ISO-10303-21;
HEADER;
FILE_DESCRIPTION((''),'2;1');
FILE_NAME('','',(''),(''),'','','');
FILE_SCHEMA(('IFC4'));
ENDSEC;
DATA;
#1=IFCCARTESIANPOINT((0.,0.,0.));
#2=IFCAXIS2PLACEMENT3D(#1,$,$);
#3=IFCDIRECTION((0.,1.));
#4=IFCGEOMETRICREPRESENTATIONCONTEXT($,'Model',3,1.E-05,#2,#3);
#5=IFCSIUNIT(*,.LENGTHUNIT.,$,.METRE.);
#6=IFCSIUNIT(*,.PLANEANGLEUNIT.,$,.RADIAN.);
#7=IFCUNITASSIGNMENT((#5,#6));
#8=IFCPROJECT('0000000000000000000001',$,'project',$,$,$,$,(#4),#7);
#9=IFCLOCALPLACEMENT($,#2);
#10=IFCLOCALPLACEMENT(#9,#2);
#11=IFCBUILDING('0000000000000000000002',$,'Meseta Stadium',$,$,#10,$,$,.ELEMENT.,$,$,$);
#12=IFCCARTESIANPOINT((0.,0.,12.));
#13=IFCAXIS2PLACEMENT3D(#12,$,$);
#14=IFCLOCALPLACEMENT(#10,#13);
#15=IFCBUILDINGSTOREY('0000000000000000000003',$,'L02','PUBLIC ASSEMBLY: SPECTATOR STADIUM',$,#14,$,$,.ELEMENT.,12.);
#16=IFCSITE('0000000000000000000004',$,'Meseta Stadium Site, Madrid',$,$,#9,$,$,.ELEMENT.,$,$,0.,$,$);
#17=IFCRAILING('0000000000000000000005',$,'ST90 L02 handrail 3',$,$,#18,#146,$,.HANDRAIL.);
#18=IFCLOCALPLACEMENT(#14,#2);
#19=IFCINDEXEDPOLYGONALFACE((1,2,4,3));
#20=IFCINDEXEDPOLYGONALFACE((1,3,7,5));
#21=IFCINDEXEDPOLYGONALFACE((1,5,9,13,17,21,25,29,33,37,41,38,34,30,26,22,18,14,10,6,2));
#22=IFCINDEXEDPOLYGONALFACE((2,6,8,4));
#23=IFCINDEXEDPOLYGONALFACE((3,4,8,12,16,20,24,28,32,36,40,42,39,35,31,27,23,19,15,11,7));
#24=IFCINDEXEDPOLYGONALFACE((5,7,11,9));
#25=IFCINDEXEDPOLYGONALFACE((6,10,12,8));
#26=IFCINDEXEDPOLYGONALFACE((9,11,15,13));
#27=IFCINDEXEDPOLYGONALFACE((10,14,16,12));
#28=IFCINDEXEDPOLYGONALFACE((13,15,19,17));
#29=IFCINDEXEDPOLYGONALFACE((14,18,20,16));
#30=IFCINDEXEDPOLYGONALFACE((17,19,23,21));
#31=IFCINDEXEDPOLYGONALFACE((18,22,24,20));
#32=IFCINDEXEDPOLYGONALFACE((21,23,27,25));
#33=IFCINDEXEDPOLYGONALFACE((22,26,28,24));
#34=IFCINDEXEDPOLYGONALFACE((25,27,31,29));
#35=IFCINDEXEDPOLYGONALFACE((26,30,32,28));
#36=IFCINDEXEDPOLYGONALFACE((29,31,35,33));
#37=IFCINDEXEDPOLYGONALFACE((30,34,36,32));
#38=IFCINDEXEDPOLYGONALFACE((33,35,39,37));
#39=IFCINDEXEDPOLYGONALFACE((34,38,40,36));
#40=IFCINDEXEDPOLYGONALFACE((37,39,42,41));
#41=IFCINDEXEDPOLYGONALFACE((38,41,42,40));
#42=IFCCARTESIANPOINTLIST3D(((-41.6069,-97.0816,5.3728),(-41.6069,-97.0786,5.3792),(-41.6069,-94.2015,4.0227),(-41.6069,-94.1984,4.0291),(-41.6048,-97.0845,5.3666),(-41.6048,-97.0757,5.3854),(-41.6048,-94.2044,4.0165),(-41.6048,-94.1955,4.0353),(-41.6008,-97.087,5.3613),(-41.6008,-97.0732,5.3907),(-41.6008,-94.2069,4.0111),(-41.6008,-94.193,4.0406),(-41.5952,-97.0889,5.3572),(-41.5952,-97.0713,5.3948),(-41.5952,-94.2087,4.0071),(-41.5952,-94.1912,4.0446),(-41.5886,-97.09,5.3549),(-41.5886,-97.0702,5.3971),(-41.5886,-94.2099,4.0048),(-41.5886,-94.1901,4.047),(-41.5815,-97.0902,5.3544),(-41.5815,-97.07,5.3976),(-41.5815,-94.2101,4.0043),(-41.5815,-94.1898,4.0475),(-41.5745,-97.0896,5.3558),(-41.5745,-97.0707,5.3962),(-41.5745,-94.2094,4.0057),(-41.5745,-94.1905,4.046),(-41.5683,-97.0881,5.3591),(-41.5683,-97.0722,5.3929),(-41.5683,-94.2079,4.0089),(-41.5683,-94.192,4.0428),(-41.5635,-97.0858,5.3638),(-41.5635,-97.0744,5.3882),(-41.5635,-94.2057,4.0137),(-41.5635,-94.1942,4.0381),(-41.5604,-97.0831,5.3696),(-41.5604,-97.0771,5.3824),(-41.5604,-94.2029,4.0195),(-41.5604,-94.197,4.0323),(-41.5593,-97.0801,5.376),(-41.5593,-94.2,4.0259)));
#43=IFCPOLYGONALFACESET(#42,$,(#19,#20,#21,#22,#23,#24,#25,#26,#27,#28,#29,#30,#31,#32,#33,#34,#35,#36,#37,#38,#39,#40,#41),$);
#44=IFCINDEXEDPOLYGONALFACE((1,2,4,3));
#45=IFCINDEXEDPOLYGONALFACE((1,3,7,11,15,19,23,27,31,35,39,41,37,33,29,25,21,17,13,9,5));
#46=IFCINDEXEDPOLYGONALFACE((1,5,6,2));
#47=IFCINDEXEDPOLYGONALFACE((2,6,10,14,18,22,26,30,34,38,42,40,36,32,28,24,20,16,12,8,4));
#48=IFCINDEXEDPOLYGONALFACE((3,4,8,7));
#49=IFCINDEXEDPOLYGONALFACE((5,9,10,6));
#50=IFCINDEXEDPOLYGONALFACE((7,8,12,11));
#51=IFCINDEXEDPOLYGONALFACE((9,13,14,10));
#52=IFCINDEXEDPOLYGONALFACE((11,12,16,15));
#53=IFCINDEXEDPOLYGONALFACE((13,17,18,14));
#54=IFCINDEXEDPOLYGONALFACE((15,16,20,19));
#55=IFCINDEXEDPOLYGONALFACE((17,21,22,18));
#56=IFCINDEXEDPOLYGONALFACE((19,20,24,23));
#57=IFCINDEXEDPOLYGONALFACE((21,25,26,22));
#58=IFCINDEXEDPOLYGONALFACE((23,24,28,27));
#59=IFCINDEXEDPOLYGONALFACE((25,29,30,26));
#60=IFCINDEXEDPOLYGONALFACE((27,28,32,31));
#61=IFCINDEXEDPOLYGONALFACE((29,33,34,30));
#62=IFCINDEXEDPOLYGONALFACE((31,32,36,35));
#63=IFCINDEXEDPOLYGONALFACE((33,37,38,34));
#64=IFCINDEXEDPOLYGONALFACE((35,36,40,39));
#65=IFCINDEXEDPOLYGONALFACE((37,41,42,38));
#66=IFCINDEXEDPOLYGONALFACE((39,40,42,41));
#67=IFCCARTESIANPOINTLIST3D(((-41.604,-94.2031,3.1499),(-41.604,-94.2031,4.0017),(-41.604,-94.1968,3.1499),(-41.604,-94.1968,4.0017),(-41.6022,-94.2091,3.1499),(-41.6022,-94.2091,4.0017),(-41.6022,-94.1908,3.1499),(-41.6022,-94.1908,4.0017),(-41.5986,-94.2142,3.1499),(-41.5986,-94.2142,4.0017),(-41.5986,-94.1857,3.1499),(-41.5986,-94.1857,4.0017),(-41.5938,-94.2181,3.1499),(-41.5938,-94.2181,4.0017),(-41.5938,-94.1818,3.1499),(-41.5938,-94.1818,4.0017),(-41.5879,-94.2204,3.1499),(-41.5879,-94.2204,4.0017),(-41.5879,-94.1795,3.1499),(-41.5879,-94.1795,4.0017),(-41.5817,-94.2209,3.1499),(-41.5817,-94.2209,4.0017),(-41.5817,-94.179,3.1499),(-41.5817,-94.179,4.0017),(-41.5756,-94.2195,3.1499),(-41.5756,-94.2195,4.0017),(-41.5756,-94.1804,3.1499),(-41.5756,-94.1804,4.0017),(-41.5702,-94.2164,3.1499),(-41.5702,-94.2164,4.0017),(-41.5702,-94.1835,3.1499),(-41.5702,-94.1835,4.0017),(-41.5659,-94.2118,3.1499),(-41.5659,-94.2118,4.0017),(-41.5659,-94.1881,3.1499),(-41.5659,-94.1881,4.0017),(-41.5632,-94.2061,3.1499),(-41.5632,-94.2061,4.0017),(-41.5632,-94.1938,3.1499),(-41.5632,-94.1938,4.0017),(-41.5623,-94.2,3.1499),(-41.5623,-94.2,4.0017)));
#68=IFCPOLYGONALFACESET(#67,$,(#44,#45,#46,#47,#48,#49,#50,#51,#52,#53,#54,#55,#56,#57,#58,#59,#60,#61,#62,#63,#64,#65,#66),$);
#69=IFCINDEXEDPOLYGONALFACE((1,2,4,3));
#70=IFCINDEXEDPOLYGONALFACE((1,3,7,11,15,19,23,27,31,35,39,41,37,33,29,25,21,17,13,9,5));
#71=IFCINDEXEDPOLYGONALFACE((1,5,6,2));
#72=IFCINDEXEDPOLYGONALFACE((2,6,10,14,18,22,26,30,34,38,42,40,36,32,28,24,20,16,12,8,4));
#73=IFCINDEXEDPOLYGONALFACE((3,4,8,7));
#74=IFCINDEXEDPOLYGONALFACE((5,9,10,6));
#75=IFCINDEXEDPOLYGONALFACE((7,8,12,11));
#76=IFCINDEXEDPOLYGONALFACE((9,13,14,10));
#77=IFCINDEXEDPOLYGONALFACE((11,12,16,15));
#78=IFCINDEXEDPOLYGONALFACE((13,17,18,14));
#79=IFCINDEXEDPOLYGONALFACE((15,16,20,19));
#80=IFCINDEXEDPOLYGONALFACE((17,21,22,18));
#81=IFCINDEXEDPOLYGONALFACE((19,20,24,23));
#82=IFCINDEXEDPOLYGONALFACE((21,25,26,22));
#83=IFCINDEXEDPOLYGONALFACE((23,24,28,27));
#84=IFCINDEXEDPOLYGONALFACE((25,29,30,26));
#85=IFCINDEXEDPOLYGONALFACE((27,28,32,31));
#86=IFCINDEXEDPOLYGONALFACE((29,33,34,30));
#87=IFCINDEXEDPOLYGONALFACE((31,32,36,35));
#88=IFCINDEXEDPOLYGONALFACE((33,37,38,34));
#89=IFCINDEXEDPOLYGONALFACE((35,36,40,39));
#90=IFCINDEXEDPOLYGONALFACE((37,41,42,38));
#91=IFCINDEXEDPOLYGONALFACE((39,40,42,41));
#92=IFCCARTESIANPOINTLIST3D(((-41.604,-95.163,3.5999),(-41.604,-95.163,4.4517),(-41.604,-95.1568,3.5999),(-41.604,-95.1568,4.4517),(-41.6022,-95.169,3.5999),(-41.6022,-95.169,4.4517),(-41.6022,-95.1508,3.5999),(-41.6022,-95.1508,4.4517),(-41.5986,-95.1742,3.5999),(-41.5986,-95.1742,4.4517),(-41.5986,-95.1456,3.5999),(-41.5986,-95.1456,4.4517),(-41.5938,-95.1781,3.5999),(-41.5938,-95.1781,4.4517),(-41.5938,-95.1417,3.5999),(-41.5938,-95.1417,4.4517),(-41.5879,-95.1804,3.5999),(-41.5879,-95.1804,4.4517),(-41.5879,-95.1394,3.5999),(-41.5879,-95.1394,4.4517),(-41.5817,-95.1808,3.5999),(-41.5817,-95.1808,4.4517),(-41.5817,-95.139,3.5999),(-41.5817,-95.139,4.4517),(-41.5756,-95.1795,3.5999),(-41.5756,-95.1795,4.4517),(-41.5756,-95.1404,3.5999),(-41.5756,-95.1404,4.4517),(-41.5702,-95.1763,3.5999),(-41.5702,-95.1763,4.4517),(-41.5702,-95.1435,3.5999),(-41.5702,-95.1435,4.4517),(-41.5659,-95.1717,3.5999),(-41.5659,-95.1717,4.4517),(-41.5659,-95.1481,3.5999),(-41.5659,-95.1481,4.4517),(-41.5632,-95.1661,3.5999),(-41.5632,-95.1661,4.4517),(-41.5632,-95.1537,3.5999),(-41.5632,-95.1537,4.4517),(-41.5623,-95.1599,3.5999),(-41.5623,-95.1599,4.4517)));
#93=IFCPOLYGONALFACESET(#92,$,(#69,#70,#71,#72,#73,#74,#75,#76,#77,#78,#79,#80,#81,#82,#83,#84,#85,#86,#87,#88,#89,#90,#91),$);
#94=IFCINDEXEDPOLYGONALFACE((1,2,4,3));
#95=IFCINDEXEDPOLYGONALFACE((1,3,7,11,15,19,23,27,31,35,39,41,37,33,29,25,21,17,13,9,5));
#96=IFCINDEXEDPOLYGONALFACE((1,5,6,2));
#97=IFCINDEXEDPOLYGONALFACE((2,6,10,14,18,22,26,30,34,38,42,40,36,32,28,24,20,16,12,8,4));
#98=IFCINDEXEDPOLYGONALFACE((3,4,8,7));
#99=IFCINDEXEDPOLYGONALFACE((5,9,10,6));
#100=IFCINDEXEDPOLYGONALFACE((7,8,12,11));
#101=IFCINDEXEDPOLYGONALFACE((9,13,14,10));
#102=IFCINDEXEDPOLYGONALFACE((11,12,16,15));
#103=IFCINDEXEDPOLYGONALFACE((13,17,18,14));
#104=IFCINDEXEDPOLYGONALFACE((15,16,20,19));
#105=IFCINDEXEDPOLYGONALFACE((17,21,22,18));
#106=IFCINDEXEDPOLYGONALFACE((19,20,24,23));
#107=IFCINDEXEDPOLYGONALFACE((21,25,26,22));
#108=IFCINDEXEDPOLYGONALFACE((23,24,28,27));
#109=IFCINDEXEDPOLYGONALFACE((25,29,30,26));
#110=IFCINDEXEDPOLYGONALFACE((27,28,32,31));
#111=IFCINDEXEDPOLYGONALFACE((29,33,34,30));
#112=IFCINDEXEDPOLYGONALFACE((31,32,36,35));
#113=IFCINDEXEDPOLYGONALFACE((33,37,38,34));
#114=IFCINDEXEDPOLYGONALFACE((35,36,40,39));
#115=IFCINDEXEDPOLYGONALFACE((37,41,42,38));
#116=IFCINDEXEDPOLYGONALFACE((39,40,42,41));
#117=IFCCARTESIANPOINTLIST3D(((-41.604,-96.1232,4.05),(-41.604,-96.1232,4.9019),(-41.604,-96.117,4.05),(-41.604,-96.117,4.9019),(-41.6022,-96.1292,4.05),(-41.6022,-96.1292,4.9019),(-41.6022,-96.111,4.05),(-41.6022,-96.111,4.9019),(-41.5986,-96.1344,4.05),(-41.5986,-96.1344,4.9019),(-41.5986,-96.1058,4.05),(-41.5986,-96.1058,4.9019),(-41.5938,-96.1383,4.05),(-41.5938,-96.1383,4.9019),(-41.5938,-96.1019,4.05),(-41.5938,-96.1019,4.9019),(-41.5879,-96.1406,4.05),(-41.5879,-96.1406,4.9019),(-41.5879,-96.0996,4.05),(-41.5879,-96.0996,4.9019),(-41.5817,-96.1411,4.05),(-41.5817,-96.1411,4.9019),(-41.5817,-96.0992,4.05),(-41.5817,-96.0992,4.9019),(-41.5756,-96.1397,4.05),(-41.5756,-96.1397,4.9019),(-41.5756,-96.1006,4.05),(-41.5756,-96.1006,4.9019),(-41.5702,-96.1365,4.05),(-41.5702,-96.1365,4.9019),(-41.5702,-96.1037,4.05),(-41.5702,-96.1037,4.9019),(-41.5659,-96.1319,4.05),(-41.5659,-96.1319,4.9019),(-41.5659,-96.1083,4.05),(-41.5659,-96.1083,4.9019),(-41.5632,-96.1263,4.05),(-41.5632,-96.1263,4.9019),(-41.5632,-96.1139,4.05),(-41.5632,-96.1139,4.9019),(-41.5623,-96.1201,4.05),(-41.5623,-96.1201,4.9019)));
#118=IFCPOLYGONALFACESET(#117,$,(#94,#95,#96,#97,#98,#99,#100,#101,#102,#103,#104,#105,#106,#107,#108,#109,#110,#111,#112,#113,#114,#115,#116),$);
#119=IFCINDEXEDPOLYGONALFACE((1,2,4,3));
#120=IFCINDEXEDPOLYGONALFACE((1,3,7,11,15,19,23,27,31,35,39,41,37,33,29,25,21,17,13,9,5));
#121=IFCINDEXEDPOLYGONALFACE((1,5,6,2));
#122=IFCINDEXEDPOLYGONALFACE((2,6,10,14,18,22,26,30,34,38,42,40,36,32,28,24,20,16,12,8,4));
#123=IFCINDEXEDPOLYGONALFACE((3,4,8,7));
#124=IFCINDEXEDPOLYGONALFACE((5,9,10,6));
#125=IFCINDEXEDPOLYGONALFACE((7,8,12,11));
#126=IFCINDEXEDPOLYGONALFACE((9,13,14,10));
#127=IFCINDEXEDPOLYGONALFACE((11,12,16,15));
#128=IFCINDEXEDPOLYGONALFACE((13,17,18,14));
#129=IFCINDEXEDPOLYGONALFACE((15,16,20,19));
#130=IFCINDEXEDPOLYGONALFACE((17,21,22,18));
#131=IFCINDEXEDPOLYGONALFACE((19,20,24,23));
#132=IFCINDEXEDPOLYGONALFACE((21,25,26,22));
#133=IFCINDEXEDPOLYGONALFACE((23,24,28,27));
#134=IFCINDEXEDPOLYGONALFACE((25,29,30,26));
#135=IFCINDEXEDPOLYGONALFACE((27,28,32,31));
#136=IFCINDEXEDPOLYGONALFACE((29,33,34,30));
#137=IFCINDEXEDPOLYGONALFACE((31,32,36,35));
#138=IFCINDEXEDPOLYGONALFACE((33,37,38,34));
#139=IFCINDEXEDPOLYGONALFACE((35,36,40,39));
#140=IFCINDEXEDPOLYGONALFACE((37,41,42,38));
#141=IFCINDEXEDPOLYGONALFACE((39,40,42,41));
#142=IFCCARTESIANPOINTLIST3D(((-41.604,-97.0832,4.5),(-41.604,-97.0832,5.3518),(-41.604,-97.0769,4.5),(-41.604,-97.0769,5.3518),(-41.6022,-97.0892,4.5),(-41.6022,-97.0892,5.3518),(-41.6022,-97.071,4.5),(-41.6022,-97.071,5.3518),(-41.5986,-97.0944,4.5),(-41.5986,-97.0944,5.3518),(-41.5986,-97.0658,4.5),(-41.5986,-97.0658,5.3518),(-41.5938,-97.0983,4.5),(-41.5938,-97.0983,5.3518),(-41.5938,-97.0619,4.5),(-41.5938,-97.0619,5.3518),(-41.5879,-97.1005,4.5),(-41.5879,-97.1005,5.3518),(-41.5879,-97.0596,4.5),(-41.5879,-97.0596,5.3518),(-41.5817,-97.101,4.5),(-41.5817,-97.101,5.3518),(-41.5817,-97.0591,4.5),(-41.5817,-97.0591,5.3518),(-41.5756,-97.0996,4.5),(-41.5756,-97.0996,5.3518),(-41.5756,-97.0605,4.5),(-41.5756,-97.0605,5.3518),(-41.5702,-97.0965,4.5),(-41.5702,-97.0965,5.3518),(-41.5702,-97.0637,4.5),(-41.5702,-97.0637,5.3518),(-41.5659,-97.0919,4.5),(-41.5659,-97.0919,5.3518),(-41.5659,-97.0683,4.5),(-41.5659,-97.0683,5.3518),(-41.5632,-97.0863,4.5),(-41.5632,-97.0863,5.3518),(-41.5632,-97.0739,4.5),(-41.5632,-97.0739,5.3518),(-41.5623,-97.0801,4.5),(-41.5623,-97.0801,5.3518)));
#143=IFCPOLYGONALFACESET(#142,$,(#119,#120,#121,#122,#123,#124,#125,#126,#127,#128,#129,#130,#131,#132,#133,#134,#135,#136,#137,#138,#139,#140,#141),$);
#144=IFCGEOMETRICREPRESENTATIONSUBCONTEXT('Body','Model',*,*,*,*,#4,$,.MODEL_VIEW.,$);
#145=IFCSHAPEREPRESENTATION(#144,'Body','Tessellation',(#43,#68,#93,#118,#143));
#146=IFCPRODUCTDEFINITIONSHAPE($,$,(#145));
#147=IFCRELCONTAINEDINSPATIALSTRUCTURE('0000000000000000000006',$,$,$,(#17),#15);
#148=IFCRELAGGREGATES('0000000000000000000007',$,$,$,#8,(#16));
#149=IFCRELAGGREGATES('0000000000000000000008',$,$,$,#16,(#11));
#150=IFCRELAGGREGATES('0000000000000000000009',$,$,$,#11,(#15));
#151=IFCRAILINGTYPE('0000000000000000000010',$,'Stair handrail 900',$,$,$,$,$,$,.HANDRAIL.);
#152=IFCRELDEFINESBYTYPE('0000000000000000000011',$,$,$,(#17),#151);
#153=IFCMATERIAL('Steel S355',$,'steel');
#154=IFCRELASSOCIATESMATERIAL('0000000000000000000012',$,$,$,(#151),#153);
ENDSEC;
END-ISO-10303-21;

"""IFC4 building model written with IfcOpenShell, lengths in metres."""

from ifc_helpers import new_model, si_unit, direction, frame, origin, origin_2d, place, context, subcontext, project, spatial, circle, extrude, material, type_object, element, save


model = new_model("IFC4")

# Units and contexts
model_context = context("Model", 3, precision=1e-05, world=origin(), true_north=direction((0.0, 1.0)))
body_context = subcontext(model_context, "Body", "Model", "MODEL_VIEW")
ifc_project = project(units=[si_unit("LENGTHUNIT", "METRE"), si_unit("PLANEANGLEUNIT", "RADIAN")], contexts=[model_context])

# Site, building, storey
site_placement = place(None, origin())
site = spatial("IfcSite", under=ifc_project, at=site_placement, Name="Meseta Stadium Site, Madrid", CompositionType="ELEMENT", RefElevation=0.0)
building_placement = place(site_placement, origin())
building = spatial("IfcBuilding", under=site, at=building_placement, Name="Meseta Stadium", CompositionType="ELEMENT")
storey_placement = place(building_placement, frame((0.0, 0.0, 12.0)))
storey = spatial("IfcBuildingStorey", under=building, at=storey_placement, Name="L02", Description="PUBLIC ASSEMBLY: SPECTATOR STADIUM", CompositionType="ELEMENT", Elevation=12.0)

# Railing
ifc_material_1 = material(Name="Steel S355", Category="steel")
railing_type_1 = type_object("IfcRailingType", Name="Stair handrail 900", PredefinedType="HANDRAIL", material=ifc_material_1)
for number, where, name in (
    (1, (-41.5833, -94.2, 3.1499), "ST90 L02 handrail 3"),
):
    element("IfcRailing", number, at=place(storey_placement, frame(where)), inside=storey, type_object=railing_type_1, Name=name, PredefinedType="HANDRAIL", context=body_context, shape_type="SweptSolid", body=[
        extrude(circle(Radius=0.0239, at=origin_2d()), frame((0.0, 0.0, 0.876), z_axis=(0.0, -0.905454, 0.424444), x_axis=(1.0, 0.0, 0.0)), (0.0, 0.0, 1.0), 3.1809),
        extrude(circle(Radius=0.021, at=origin_2d()), origin(), (0.0, 0.0, 1.0), 0.8518),
        extrude(circle(Radius=0.021, at=origin_2d()), frame((0.0, -0.96, 0.45)), (0.0, 0.0, 1.0), 0.8518),
        extrude(circle(Radius=0.021, at=origin_2d()), frame((0.0, -1.9202, 0.9001)), (0.0, 0.0, 1.0), 0.8518),
        extrude(circle(Radius=0.021, at=origin_2d()), frame((0.0, -2.8801, 1.3501)), (0.0, 0.0, 1.0), 0.8518),
    ])

save(model, "model.ifc")
